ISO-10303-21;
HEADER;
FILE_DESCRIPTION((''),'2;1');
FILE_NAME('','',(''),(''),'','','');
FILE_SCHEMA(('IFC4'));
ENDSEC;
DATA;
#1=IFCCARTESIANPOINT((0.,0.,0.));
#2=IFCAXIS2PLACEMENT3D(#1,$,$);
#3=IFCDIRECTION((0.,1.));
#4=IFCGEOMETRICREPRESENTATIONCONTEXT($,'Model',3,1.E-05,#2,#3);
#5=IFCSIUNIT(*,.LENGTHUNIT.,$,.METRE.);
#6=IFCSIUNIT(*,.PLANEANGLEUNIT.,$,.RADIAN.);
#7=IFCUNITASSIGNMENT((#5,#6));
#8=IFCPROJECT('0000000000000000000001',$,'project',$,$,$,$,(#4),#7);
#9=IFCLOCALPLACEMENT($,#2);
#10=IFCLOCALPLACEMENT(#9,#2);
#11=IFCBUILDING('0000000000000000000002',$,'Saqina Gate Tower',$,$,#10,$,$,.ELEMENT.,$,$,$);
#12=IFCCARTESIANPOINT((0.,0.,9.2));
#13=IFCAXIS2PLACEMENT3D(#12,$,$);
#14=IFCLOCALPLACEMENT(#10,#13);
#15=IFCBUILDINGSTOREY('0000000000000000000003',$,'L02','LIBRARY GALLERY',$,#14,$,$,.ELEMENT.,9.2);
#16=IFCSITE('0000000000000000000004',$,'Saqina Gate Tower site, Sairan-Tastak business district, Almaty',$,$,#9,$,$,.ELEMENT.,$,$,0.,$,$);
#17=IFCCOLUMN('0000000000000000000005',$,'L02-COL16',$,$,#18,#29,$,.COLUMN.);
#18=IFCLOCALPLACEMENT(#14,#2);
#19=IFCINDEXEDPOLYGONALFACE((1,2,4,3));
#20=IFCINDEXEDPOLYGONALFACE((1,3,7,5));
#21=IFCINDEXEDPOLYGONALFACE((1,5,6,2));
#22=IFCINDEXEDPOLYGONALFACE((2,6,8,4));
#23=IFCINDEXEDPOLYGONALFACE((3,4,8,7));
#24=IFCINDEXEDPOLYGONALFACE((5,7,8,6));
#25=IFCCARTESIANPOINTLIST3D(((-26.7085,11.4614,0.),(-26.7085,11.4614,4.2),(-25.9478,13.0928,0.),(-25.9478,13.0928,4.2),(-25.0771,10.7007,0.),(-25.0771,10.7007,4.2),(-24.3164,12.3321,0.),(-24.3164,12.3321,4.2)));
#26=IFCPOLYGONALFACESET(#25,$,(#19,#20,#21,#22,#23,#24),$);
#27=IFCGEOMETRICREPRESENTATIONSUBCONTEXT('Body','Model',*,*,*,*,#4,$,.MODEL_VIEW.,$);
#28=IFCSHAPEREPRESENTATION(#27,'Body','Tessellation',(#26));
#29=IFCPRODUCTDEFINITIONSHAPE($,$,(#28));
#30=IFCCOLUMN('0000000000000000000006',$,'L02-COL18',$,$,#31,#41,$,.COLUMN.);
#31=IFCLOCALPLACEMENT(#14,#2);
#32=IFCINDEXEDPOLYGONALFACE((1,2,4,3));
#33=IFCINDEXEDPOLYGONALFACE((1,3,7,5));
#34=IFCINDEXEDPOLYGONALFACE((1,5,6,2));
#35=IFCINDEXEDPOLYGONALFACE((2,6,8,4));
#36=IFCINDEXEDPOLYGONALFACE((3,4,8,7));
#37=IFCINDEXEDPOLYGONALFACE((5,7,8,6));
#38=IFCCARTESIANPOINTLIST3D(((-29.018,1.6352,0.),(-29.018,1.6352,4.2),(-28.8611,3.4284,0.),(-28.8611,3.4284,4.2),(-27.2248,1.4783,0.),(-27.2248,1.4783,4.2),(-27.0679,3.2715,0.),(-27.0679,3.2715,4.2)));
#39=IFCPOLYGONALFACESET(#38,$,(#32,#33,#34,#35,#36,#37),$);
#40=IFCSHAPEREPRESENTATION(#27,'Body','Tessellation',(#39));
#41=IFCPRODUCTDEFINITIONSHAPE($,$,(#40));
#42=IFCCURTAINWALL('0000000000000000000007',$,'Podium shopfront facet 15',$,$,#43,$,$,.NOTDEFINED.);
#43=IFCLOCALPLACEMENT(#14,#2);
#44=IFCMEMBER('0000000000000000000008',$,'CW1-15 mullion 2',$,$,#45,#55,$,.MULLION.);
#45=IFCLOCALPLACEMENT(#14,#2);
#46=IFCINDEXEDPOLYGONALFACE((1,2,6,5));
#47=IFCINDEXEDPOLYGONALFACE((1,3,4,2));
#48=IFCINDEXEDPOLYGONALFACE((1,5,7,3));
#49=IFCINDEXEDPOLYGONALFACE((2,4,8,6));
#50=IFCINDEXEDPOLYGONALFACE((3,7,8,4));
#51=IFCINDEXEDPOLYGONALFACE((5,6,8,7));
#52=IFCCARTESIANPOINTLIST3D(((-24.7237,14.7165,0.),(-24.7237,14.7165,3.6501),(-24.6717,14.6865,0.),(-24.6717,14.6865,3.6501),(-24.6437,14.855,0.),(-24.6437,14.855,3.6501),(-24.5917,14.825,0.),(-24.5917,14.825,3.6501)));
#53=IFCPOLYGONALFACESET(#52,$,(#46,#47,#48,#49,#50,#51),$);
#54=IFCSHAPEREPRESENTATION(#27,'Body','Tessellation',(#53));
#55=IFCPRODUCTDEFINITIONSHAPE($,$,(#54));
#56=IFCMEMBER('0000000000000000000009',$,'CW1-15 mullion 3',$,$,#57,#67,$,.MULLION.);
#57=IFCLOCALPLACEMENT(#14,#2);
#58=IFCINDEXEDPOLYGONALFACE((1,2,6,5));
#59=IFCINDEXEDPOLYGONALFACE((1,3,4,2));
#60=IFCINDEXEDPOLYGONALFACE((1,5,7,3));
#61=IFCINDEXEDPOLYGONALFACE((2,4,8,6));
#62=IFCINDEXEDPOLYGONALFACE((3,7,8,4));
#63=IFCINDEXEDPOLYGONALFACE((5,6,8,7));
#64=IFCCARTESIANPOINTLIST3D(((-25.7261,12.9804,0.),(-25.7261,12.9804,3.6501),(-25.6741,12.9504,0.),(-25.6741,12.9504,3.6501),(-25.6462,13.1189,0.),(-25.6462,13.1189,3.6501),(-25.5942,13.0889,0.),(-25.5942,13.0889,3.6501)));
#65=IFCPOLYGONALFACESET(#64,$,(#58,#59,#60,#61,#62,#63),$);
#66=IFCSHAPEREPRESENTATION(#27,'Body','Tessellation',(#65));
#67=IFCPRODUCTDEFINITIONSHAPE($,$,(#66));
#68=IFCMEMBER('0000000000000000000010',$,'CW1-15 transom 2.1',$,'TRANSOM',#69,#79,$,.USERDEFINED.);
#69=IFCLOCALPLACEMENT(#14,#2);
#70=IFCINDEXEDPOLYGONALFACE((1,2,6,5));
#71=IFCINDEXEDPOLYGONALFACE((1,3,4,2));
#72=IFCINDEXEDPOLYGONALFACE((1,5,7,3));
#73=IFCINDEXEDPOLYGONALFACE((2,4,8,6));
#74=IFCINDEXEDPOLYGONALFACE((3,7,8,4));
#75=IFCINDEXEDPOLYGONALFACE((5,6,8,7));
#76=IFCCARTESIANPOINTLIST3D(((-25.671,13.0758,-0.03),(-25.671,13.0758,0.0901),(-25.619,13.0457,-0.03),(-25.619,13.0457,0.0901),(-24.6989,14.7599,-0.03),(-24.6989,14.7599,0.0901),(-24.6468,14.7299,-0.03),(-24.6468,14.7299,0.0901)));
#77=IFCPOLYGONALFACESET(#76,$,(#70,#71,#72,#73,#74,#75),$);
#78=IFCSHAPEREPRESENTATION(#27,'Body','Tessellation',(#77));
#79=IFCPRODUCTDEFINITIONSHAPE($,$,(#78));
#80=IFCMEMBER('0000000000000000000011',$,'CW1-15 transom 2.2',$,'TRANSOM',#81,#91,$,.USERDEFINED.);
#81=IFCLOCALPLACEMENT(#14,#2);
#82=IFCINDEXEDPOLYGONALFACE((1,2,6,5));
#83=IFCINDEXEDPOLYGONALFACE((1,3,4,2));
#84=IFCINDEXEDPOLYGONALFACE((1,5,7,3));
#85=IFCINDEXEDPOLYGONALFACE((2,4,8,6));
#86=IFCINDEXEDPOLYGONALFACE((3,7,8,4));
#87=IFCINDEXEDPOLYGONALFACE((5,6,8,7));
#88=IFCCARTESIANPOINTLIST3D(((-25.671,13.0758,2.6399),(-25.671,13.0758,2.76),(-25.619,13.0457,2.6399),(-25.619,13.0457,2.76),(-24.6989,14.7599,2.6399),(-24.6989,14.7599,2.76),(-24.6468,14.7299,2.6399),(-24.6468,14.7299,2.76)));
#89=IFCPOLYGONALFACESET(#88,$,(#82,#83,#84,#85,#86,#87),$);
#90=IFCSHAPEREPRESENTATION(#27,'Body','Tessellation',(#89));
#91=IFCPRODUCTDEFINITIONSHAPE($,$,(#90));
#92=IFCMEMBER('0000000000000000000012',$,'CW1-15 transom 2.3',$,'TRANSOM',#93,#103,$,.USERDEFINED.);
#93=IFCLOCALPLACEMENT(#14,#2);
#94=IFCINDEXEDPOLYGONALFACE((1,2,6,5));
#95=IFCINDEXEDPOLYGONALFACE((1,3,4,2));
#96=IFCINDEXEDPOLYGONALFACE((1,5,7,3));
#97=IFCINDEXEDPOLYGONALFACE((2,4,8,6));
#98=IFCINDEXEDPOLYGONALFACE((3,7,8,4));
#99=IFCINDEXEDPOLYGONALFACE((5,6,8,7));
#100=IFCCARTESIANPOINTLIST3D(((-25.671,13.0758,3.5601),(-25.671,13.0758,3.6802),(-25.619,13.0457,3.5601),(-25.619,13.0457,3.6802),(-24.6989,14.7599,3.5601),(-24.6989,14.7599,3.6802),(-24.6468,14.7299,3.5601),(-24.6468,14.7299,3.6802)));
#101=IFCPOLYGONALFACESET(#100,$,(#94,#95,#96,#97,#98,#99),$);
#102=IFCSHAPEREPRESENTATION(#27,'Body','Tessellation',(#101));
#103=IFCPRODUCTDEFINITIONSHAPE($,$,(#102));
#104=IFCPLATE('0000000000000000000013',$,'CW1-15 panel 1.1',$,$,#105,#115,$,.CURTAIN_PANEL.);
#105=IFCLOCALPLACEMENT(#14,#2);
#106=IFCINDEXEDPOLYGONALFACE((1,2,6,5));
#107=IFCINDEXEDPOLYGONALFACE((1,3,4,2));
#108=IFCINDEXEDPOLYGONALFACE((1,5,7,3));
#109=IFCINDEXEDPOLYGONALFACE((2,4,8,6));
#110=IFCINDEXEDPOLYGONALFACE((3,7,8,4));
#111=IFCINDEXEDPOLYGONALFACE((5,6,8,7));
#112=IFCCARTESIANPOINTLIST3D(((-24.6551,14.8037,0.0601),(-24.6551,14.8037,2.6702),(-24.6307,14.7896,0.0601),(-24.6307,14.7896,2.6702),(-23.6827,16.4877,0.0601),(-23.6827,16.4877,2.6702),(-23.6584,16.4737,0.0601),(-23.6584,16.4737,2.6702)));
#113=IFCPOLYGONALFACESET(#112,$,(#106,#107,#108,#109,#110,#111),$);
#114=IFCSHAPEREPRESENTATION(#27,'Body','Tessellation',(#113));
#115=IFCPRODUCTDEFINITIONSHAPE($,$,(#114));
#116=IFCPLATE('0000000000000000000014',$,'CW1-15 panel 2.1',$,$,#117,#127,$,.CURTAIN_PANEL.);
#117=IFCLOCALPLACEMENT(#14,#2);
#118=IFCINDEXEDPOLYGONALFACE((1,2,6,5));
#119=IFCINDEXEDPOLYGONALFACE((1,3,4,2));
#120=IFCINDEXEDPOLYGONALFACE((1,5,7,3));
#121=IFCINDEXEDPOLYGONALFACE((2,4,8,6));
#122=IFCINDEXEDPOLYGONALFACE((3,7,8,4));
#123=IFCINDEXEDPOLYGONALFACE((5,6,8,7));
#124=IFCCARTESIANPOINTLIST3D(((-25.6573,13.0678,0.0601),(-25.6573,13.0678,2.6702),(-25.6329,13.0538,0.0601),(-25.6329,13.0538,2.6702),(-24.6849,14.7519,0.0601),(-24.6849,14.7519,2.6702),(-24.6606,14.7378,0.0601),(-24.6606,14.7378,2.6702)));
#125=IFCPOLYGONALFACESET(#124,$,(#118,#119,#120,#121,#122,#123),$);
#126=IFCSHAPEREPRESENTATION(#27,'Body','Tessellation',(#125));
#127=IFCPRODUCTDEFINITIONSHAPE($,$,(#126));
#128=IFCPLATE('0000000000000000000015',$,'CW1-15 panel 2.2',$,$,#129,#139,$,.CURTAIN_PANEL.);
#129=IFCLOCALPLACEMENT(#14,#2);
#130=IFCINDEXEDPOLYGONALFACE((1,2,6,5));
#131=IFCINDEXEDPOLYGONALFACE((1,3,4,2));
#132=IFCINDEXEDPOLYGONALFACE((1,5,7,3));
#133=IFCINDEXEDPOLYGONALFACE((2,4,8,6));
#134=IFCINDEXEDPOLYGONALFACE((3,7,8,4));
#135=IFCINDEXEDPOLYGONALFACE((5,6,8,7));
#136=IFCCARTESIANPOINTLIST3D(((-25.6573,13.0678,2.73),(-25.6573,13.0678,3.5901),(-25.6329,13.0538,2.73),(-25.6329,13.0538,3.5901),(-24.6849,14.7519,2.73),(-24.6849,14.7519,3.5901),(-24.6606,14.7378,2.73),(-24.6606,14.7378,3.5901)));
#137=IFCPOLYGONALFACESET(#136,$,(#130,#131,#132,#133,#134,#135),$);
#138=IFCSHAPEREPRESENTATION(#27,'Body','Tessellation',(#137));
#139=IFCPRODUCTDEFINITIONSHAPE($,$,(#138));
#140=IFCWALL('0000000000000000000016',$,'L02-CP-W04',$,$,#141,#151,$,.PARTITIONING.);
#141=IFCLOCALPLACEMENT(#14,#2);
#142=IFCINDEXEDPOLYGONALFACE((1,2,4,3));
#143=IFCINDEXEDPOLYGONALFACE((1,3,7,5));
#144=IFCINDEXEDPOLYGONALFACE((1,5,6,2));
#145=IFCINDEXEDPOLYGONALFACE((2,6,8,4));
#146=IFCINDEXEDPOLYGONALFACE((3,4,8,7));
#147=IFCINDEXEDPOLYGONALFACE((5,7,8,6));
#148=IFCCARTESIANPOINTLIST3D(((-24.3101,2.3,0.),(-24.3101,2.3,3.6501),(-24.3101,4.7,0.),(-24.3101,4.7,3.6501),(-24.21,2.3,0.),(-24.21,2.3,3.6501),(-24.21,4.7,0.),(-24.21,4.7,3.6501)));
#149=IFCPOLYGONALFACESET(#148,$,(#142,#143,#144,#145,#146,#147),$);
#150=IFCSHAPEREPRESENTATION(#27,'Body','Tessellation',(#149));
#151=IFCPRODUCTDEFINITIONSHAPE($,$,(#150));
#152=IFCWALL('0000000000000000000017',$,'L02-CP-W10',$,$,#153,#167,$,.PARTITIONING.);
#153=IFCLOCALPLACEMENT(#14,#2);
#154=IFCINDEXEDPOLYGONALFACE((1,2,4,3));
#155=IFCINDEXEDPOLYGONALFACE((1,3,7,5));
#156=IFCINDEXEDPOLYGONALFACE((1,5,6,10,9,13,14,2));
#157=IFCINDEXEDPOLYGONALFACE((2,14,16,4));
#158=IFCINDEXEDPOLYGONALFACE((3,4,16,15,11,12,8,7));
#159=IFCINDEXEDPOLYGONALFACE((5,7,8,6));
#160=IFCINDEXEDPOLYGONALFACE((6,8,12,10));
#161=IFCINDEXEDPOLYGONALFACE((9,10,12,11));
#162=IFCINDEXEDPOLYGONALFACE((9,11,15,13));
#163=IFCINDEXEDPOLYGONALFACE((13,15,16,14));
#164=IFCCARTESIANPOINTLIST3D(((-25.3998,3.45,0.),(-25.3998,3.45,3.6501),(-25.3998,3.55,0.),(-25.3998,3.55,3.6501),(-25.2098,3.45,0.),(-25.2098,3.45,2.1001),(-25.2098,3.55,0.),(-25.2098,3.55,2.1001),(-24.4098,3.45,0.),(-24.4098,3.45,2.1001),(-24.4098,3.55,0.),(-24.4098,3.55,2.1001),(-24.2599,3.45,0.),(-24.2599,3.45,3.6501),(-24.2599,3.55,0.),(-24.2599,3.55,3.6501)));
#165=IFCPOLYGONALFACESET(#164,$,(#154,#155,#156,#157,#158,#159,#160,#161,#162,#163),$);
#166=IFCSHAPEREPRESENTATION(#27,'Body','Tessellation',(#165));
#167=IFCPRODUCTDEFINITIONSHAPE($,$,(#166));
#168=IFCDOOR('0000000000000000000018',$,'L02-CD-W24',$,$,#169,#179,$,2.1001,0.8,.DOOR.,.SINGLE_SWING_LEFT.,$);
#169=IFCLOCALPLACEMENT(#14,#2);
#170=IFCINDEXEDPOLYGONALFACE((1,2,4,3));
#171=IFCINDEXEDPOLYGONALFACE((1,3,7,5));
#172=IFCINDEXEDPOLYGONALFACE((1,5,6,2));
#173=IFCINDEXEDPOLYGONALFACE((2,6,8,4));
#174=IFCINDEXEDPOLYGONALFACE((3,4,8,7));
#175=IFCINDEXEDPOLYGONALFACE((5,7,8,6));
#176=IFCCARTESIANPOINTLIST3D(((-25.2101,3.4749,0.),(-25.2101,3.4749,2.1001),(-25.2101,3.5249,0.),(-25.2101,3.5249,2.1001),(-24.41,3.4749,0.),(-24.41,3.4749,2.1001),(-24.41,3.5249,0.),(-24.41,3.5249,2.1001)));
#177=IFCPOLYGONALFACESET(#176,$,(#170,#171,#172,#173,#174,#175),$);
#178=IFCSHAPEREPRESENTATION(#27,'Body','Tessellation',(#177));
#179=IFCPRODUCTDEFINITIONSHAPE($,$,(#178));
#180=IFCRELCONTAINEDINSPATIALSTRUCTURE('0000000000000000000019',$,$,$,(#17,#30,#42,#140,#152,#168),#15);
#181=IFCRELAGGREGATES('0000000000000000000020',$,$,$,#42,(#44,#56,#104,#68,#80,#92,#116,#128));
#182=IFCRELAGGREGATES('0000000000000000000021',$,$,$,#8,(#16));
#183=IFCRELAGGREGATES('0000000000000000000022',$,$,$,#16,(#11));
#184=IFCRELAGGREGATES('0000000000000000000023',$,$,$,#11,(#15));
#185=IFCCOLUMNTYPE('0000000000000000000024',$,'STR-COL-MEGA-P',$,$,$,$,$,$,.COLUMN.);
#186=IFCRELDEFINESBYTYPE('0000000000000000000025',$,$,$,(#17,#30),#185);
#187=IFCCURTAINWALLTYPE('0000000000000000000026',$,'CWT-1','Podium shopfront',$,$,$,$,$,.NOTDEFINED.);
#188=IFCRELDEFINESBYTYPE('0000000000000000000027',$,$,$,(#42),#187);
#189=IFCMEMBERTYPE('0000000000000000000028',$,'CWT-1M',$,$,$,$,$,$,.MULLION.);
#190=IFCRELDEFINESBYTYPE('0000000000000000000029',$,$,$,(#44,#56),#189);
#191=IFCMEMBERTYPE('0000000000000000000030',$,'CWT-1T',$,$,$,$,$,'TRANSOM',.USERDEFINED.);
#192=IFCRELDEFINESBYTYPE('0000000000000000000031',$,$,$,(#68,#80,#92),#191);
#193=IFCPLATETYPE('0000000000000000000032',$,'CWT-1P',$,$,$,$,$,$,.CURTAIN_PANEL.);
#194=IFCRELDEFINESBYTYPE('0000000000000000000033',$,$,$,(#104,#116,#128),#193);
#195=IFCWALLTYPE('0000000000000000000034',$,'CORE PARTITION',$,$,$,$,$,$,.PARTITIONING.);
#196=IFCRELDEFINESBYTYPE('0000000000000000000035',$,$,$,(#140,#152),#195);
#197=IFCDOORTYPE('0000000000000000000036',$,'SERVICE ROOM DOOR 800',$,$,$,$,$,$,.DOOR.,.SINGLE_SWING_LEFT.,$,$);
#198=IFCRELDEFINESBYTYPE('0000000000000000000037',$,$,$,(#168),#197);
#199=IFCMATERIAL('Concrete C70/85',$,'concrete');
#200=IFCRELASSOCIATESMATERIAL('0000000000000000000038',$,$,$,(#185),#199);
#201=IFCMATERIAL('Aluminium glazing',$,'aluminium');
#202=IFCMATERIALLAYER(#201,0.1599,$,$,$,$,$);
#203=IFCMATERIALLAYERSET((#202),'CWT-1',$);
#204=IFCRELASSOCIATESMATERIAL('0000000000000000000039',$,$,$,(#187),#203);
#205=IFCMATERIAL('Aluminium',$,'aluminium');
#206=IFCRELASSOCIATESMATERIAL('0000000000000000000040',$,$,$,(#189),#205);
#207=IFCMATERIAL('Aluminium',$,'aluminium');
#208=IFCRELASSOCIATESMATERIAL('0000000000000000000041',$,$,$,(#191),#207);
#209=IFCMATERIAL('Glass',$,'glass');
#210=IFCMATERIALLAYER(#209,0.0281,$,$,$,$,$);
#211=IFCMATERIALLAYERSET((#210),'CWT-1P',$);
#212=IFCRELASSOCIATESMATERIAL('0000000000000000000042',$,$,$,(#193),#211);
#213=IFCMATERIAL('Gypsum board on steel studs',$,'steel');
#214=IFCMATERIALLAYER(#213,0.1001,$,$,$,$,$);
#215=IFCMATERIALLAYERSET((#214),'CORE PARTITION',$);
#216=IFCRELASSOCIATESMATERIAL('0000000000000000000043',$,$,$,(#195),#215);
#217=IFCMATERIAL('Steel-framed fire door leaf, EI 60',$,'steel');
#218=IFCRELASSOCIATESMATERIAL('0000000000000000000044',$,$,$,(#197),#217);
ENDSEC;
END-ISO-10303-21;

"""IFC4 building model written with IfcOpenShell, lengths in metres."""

from ifc_helpers import new_model, si_unit, direction, frame, frame_2d, origin, origin_2d, place, context, subcontext, project, spatial, rectangle, extrude, material, layer, layer_set, material_profile, profile_set, type_object, element, fill, aggregate, save


model = new_model("IFC4")

# Units and contexts
model_context = context("Model", 3, precision=1e-05, world=origin(), true_north=direction((0.0, 1.0)))
body_context = subcontext(model_context, "Body", "Model", "MODEL_VIEW")
ifc_project = project(units=[si_unit("LENGTHUNIT", "METRE"), si_unit("PLANEANGLEUNIT", "RADIAN")], contexts=[model_context])

# Site, building, storey
site_placement = place(None, origin())
site = spatial("IfcSite", under=ifc_project, at=site_placement, Name="Saqina Gate Tower site, Sairan-Tastak business district, Almaty", CompositionType="ELEMENT", RefElevation=0.0)
building_placement = place(site_placement, origin())
building = spatial("IfcBuilding", under=site, at=building_placement, Name="Saqina Gate Tower", CompositionType="ELEMENT")
storey_placement = place(building_placement, frame((0.0, 0.0, 9.2)))
storey = spatial("IfcBuildingStorey", under=building, at=storey_placement, Name="L02", Description="LIBRARY GALLERY", CompositionType="ELEMENT", Elevation=9.2)

# Columns
ifc_material_1 = material(Name="Concrete C70/85", Category="concrete")
ifc_material_profile_1 = material_profile(ifc_material_1, rectangle(XDim=1.8, YDim=1.8, at=origin_2d()), Name="RC 1800x1800")
ifc_profile_set_1 = profile_set([ifc_material_profile_1], Name="Concrete C70/85")
column_type = type_object("IfcColumnType", Name="STR-COL-MEGA-P", PredefinedType="COLUMN", material=ifc_profile_set_1)
for number, where, z_axis, x_axis, name in (
    (1, (-25.5125, 11.8967, 0.0), (0.0, 0.0, 1.0), (-0.906308, 0.422618, 0.0), "L02-COL16"),
    (2, (-28.043, 2.4534, 0.0), (0.0, 0.0, 1.0), (-0.996195, 0.087156, 0.0), "L02-COL18"),
):
    element("IfcColumn", number, at=place(storey_placement, frame(where, z_axis=z_axis, x_axis=x_axis)), inside=storey, type_object=column_type, Name=name, PredefinedType="COLUMN", context=body_context, shape_type="SweptSolid", body=[
        extrude(rectangle(XDim=1.8, YDim=1.8, at=origin_2d()), origin(), (0.0, 0.0, 1.0), 4.2),
    ])

# Curtain wall, members, plates
ifc_material_2 = material(Name="Aluminium glazing", Category="aluminium")
ifc_layer_1 = layer(ifc_material_2, 0.1599)
ifc_layer_set_1 = layer_set([ifc_layer_1], Name="CWT-1")
curtain_wall_type = type_object("IfcCurtainWallType", Name="CWT-1", Description="Podium shopfront", PredefinedType="NOTDEFINED", material=ifc_layer_set_1)
curtain_wall_placement = place(storey_placement, origin())
curtain_wall = element("IfcCurtainWall", 3, at=curtain_wall_placement, inside=storey, type_object=curtain_wall_type, Name="Podium shopfront facet 15", PredefinedType="NOTDEFINED")
ifc_material_3 = material(Name="Aluminium", Category="aluminium")
ifc_material_profile_2 = material_profile(ifc_material_3, rectangle(XDim=0.0601, YDim=0.1599, at=origin_2d()), Name="Aluminium 60x160")
ifc_profile_set_2 = profile_set([ifc_material_profile_2], Name="Aluminium")
member_type_1 = type_object("IfcMemberType", Name="CWT-1M", PredefinedType="MULLION", material=ifc_profile_set_2)
member_1_placement = place(storey_placement, frame((-24.6577, 14.7708, 0.0), z_axis=(0.0, 0.0, 1.0), x_axis=(0.866017, -0.500014, 0.0)))
member_1 = element("IfcMember", 4, at=member_1_placement, type_object=member_type_1, Name="CW1-15 mullion 2", PredefinedType="MULLION", context=body_context, shape_type="SweptSolid", body=[
    extrude(rectangle(XDim=0.0601, YDim=0.1599, at=origin_2d()), origin(), (0.0, 0.0, 1.0), 3.6501),
])
member_2_placement = place(storey_placement, frame((-25.6602, 13.0347, 0.0), z_axis=(0.0, 0.0, 1.0), x_axis=(0.866017, -0.500014, 0.0)))
member_2 = element("IfcMember", 5, at=member_2_placement, type_object=member_type_1, Name="CW1-15 mullion 3", PredefinedType="MULLION", context=body_context, shape_type="SweptSolid", body=[
    extrude(rectangle(XDim=0.0601, YDim=0.1599, at=origin_2d()), origin(), (0.0, 0.0, 1.0), 3.6501),
])
ifc_material_4 = material(Name="Aluminium", Category="aluminium")
ifc_material_profile_3 = material_profile(ifc_material_4, rectangle(XDim=0.0601, YDim=0.1201, at=origin_2d()), Name="Aluminium 60x120")
ifc_profile_set_3 = profile_set([ifc_material_profile_3], Name="Aluminium")
member_type_2 = type_object("IfcMemberType", Name="CWT-1T", ElementType="TRANSOM", PredefinedType="USERDEFINED", material=ifc_profile_set_3)
member_3_placement = place(storey_placement, frame((-24.6729, 14.7449, 0.03), z_axis=(-0.499947, -0.866056, 0.0), x_axis=(0.866056, -0.499947, 0.0)))
member_3 = element("IfcMember", 6, at=member_3_placement, type_object=member_type_2, Name="CW1-15 transom 2.1", ObjectType="TRANSOM", PredefinedType="USERDEFINED", context=body_context, shape_type="SweptSolid", body=[
    extrude(rectangle(XDim=0.0601, YDim=0.1201, at=origin_2d()), origin(), (0.0, 0.0, 1.0), 1.9446),
])
member_4_placement = place(storey_placement, frame((-24.6729, 14.7449, 2.7), z_axis=(-0.499947, -0.866056, 0.0), x_axis=(0.866056, -0.499947, 0.0)))
member_4 = element("IfcMember", 7, at=member_4_placement, type_object=member_type_2, Name="CW1-15 transom 2.2", ObjectType="TRANSOM", PredefinedType="USERDEFINED", context=body_context, shape_type="SweptSolid", body=[
    extrude(rectangle(XDim=0.0601, YDim=0.1201, at=origin_2d()), origin(), (0.0, 0.0, 1.0), 1.9446),
])
member_5_placement = place(storey_placement, frame((-24.6729, 14.7449, 3.6201), z_axis=(-0.499947, -0.866056, 0.0), x_axis=(0.866056, -0.499947, 0.0)))
member_5 = element("IfcMember", 8, at=member_5_placement, type_object=member_type_2, Name="CW1-15 transom 2.3", ObjectType="TRANSOM", PredefinedType="USERDEFINED", context=body_context, shape_type="SweptSolid", body=[
    extrude(rectangle(XDim=0.0601, YDim=0.1201, at=origin_2d()), origin(), (0.0, 0.0, 1.0), 1.9446),
])
ifc_material_5 = material(Name="Glass", Category="glass")
ifc_layer_2 = layer(ifc_material_5, 0.0281)
ifc_layer_set_2 = layer_set([ifc_layer_2], Name="CWT-1P")
plate_type = type_object("IfcPlateType", Name="CWT-1P", PredefinedType="CURTAIN_PANEL", material=ifc_layer_set_2)
plate_1_placement = place(storey_placement, frame((-24.1567, 15.6387, 0.0601), z_axis=(0.0, 0.0, 1.0), x_axis=(-0.500014, -0.866017, 0.0)))
plate_1 = element("IfcPlate", 9, at=plate_1_placement, type_object=plate_type, Name="CW1-15 panel 1.1", PredefinedType="CURTAIN_PANEL", context=body_context, shape_type="SweptSolid", body=[
    extrude(rectangle(XDim=1.9446, YDim=0.0281, at=origin_2d()), origin(), (0.0, 0.0, 1.0), 2.6101),
])
plate_2_placement = place(storey_placement, frame((-25.1589, 13.9028, 0.0601), z_axis=(0.0, 0.0, 1.0), x_axis=(-0.500014, -0.866017, 0.0)))
plate_2 = element("IfcPlate", 10, at=plate_2_placement, type_object=plate_type, Name="CW1-15 panel 2.1", PredefinedType="CURTAIN_PANEL", context=body_context, shape_type="SweptSolid", body=[
    extrude(rectangle(XDim=1.9446, YDim=0.0281, at=origin_2d()), origin(), (0.0, 0.0, 1.0), 2.6101),
])
plate_3_placement = place(storey_placement, frame((-25.1589, 13.9028, 2.73), z_axis=(0.0, 0.0, 1.0), x_axis=(-0.500014, -0.866017, 0.0)))
plate_3 = element("IfcPlate", 11, at=plate_3_placement, type_object=plate_type, Name="CW1-15 panel 2.2", PredefinedType="CURTAIN_PANEL", context=body_context, shape_type="SweptSolid", body=[
    extrude(rectangle(XDim=1.9446, YDim=0.0281, at=origin_2d()), origin(), (0.0, 0.0, 1.0), 0.8601),
])
aggregate(curtain_wall, [member_1, member_2, plate_1, member_3, member_4, member_5, plate_2, plate_3])

# Wall
ifc_material_6 = material(Name="Gypsum board on steel studs", Category="steel")
ifc_layer_3 = layer(ifc_material_6, 0.1001)
ifc_layer_set_3 = layer_set([ifc_layer_3], Name="CORE PARTITION")
wall_type_1 = type_object("IfcWallType", Name="CORE PARTITION", PredefinedType="PARTITIONING", material=ifc_layer_set_3)
wall_1_placement = place(storey_placement, frame((-24.26, 2.3, 0.0), z_axis=(0.0, 0.0, 1.0), x_axis=(0.0, 1.0, 0.0)))
element("IfcWall", 12, at=wall_1_placement, inside=storey, type_object=wall_type_1, Name="L02-CP-W04", PredefinedType="PARTITIONING", context=body_context, shape_type="SweptSolid", body=[
    extrude(rectangle(XDim=2.3999, YDim=0.1001, at=frame_2d((1.2, 0.0))), origin(), (0.0, 0.0, 1.0), 3.6501),
])

# Wall, opening, door
wall_2_placement = place(storey_placement, frame((-24.26, 3.5, 0.0), z_axis=(0.0, 0.0, 1.0), x_axis=(-1.0, 0.0, 0.0)))
wall_2 = element("IfcWall", 13, at=wall_2_placement, inside=storey, type_object=wall_type_1, Name="L02-CP-W10", PredefinedType="PARTITIONING", context=body_context, shape_type="SweptSolid", body=[
    extrude(rectangle(XDim=1.1399, YDim=0.1001, at=frame_2d((0.5698, 0.0))), origin(), (0.0, 0.0, 1.0), 3.6501),
])
opening_1_placement = place(wall_2_placement, frame((0.1499, 0.0, 0.0)))
opening_1 = element("IfcOpeningElement", 14, at=opening_1_placement, cuts=wall_2, PredefinedType="OPENING", context=body_context, shape_type="SweptSolid", body=[
    extrude(rectangle(XDim=0.8, YDim=2.1001, at=frame_2d((0.3999, 1.05))), frame((0.0, 0.062, 0.0), z_axis=(0.0, -1.0, 0.0), x_axis=(1.0, 0.0, 0.0)), (0.0, 0.0, 1.0), 0.124),
])
ifc_material_7 = material(Name="Steel-framed fire door leaf, EI 60", Category="steel")
door_type_1 = type_object("IfcDoorType", Name="SERVICE ROOM DOOR 800", OperationType="SINGLE_SWING_LEFT", PredefinedType="DOOR", material=ifc_material_7)
door_1_placement = place(opening_1_placement, frame((0.8, 0.0, 0.0), z_axis=(0.0, 0.0, 1.0), x_axis=(-1.0, 0.0, 0.0)))
door_1 = element("IfcDoor", 15, at=door_1_placement, inside=storey, type_object=door_type_1, Name="L02-CD-W24", OperationType="SINGLE_SWING_LEFT", OverallHeight=2.1001, OverallWidth=0.8, PredefinedType="DOOR", context=body_context, shape_type="SweptSolid", body=[
    extrude(rectangle(XDim=0.8, YDim=2.1001, at=frame_2d((0.3999, 1.05))), frame((0.0, 0.0249, 0.0), z_axis=(0.0, -1.0, 0.0), x_axis=(1.0, 0.0, 0.0)), (0.0, 0.0, 1.0), 0.05),
])
fill(opening_1, door_1)

save(model, "model.ifc")
